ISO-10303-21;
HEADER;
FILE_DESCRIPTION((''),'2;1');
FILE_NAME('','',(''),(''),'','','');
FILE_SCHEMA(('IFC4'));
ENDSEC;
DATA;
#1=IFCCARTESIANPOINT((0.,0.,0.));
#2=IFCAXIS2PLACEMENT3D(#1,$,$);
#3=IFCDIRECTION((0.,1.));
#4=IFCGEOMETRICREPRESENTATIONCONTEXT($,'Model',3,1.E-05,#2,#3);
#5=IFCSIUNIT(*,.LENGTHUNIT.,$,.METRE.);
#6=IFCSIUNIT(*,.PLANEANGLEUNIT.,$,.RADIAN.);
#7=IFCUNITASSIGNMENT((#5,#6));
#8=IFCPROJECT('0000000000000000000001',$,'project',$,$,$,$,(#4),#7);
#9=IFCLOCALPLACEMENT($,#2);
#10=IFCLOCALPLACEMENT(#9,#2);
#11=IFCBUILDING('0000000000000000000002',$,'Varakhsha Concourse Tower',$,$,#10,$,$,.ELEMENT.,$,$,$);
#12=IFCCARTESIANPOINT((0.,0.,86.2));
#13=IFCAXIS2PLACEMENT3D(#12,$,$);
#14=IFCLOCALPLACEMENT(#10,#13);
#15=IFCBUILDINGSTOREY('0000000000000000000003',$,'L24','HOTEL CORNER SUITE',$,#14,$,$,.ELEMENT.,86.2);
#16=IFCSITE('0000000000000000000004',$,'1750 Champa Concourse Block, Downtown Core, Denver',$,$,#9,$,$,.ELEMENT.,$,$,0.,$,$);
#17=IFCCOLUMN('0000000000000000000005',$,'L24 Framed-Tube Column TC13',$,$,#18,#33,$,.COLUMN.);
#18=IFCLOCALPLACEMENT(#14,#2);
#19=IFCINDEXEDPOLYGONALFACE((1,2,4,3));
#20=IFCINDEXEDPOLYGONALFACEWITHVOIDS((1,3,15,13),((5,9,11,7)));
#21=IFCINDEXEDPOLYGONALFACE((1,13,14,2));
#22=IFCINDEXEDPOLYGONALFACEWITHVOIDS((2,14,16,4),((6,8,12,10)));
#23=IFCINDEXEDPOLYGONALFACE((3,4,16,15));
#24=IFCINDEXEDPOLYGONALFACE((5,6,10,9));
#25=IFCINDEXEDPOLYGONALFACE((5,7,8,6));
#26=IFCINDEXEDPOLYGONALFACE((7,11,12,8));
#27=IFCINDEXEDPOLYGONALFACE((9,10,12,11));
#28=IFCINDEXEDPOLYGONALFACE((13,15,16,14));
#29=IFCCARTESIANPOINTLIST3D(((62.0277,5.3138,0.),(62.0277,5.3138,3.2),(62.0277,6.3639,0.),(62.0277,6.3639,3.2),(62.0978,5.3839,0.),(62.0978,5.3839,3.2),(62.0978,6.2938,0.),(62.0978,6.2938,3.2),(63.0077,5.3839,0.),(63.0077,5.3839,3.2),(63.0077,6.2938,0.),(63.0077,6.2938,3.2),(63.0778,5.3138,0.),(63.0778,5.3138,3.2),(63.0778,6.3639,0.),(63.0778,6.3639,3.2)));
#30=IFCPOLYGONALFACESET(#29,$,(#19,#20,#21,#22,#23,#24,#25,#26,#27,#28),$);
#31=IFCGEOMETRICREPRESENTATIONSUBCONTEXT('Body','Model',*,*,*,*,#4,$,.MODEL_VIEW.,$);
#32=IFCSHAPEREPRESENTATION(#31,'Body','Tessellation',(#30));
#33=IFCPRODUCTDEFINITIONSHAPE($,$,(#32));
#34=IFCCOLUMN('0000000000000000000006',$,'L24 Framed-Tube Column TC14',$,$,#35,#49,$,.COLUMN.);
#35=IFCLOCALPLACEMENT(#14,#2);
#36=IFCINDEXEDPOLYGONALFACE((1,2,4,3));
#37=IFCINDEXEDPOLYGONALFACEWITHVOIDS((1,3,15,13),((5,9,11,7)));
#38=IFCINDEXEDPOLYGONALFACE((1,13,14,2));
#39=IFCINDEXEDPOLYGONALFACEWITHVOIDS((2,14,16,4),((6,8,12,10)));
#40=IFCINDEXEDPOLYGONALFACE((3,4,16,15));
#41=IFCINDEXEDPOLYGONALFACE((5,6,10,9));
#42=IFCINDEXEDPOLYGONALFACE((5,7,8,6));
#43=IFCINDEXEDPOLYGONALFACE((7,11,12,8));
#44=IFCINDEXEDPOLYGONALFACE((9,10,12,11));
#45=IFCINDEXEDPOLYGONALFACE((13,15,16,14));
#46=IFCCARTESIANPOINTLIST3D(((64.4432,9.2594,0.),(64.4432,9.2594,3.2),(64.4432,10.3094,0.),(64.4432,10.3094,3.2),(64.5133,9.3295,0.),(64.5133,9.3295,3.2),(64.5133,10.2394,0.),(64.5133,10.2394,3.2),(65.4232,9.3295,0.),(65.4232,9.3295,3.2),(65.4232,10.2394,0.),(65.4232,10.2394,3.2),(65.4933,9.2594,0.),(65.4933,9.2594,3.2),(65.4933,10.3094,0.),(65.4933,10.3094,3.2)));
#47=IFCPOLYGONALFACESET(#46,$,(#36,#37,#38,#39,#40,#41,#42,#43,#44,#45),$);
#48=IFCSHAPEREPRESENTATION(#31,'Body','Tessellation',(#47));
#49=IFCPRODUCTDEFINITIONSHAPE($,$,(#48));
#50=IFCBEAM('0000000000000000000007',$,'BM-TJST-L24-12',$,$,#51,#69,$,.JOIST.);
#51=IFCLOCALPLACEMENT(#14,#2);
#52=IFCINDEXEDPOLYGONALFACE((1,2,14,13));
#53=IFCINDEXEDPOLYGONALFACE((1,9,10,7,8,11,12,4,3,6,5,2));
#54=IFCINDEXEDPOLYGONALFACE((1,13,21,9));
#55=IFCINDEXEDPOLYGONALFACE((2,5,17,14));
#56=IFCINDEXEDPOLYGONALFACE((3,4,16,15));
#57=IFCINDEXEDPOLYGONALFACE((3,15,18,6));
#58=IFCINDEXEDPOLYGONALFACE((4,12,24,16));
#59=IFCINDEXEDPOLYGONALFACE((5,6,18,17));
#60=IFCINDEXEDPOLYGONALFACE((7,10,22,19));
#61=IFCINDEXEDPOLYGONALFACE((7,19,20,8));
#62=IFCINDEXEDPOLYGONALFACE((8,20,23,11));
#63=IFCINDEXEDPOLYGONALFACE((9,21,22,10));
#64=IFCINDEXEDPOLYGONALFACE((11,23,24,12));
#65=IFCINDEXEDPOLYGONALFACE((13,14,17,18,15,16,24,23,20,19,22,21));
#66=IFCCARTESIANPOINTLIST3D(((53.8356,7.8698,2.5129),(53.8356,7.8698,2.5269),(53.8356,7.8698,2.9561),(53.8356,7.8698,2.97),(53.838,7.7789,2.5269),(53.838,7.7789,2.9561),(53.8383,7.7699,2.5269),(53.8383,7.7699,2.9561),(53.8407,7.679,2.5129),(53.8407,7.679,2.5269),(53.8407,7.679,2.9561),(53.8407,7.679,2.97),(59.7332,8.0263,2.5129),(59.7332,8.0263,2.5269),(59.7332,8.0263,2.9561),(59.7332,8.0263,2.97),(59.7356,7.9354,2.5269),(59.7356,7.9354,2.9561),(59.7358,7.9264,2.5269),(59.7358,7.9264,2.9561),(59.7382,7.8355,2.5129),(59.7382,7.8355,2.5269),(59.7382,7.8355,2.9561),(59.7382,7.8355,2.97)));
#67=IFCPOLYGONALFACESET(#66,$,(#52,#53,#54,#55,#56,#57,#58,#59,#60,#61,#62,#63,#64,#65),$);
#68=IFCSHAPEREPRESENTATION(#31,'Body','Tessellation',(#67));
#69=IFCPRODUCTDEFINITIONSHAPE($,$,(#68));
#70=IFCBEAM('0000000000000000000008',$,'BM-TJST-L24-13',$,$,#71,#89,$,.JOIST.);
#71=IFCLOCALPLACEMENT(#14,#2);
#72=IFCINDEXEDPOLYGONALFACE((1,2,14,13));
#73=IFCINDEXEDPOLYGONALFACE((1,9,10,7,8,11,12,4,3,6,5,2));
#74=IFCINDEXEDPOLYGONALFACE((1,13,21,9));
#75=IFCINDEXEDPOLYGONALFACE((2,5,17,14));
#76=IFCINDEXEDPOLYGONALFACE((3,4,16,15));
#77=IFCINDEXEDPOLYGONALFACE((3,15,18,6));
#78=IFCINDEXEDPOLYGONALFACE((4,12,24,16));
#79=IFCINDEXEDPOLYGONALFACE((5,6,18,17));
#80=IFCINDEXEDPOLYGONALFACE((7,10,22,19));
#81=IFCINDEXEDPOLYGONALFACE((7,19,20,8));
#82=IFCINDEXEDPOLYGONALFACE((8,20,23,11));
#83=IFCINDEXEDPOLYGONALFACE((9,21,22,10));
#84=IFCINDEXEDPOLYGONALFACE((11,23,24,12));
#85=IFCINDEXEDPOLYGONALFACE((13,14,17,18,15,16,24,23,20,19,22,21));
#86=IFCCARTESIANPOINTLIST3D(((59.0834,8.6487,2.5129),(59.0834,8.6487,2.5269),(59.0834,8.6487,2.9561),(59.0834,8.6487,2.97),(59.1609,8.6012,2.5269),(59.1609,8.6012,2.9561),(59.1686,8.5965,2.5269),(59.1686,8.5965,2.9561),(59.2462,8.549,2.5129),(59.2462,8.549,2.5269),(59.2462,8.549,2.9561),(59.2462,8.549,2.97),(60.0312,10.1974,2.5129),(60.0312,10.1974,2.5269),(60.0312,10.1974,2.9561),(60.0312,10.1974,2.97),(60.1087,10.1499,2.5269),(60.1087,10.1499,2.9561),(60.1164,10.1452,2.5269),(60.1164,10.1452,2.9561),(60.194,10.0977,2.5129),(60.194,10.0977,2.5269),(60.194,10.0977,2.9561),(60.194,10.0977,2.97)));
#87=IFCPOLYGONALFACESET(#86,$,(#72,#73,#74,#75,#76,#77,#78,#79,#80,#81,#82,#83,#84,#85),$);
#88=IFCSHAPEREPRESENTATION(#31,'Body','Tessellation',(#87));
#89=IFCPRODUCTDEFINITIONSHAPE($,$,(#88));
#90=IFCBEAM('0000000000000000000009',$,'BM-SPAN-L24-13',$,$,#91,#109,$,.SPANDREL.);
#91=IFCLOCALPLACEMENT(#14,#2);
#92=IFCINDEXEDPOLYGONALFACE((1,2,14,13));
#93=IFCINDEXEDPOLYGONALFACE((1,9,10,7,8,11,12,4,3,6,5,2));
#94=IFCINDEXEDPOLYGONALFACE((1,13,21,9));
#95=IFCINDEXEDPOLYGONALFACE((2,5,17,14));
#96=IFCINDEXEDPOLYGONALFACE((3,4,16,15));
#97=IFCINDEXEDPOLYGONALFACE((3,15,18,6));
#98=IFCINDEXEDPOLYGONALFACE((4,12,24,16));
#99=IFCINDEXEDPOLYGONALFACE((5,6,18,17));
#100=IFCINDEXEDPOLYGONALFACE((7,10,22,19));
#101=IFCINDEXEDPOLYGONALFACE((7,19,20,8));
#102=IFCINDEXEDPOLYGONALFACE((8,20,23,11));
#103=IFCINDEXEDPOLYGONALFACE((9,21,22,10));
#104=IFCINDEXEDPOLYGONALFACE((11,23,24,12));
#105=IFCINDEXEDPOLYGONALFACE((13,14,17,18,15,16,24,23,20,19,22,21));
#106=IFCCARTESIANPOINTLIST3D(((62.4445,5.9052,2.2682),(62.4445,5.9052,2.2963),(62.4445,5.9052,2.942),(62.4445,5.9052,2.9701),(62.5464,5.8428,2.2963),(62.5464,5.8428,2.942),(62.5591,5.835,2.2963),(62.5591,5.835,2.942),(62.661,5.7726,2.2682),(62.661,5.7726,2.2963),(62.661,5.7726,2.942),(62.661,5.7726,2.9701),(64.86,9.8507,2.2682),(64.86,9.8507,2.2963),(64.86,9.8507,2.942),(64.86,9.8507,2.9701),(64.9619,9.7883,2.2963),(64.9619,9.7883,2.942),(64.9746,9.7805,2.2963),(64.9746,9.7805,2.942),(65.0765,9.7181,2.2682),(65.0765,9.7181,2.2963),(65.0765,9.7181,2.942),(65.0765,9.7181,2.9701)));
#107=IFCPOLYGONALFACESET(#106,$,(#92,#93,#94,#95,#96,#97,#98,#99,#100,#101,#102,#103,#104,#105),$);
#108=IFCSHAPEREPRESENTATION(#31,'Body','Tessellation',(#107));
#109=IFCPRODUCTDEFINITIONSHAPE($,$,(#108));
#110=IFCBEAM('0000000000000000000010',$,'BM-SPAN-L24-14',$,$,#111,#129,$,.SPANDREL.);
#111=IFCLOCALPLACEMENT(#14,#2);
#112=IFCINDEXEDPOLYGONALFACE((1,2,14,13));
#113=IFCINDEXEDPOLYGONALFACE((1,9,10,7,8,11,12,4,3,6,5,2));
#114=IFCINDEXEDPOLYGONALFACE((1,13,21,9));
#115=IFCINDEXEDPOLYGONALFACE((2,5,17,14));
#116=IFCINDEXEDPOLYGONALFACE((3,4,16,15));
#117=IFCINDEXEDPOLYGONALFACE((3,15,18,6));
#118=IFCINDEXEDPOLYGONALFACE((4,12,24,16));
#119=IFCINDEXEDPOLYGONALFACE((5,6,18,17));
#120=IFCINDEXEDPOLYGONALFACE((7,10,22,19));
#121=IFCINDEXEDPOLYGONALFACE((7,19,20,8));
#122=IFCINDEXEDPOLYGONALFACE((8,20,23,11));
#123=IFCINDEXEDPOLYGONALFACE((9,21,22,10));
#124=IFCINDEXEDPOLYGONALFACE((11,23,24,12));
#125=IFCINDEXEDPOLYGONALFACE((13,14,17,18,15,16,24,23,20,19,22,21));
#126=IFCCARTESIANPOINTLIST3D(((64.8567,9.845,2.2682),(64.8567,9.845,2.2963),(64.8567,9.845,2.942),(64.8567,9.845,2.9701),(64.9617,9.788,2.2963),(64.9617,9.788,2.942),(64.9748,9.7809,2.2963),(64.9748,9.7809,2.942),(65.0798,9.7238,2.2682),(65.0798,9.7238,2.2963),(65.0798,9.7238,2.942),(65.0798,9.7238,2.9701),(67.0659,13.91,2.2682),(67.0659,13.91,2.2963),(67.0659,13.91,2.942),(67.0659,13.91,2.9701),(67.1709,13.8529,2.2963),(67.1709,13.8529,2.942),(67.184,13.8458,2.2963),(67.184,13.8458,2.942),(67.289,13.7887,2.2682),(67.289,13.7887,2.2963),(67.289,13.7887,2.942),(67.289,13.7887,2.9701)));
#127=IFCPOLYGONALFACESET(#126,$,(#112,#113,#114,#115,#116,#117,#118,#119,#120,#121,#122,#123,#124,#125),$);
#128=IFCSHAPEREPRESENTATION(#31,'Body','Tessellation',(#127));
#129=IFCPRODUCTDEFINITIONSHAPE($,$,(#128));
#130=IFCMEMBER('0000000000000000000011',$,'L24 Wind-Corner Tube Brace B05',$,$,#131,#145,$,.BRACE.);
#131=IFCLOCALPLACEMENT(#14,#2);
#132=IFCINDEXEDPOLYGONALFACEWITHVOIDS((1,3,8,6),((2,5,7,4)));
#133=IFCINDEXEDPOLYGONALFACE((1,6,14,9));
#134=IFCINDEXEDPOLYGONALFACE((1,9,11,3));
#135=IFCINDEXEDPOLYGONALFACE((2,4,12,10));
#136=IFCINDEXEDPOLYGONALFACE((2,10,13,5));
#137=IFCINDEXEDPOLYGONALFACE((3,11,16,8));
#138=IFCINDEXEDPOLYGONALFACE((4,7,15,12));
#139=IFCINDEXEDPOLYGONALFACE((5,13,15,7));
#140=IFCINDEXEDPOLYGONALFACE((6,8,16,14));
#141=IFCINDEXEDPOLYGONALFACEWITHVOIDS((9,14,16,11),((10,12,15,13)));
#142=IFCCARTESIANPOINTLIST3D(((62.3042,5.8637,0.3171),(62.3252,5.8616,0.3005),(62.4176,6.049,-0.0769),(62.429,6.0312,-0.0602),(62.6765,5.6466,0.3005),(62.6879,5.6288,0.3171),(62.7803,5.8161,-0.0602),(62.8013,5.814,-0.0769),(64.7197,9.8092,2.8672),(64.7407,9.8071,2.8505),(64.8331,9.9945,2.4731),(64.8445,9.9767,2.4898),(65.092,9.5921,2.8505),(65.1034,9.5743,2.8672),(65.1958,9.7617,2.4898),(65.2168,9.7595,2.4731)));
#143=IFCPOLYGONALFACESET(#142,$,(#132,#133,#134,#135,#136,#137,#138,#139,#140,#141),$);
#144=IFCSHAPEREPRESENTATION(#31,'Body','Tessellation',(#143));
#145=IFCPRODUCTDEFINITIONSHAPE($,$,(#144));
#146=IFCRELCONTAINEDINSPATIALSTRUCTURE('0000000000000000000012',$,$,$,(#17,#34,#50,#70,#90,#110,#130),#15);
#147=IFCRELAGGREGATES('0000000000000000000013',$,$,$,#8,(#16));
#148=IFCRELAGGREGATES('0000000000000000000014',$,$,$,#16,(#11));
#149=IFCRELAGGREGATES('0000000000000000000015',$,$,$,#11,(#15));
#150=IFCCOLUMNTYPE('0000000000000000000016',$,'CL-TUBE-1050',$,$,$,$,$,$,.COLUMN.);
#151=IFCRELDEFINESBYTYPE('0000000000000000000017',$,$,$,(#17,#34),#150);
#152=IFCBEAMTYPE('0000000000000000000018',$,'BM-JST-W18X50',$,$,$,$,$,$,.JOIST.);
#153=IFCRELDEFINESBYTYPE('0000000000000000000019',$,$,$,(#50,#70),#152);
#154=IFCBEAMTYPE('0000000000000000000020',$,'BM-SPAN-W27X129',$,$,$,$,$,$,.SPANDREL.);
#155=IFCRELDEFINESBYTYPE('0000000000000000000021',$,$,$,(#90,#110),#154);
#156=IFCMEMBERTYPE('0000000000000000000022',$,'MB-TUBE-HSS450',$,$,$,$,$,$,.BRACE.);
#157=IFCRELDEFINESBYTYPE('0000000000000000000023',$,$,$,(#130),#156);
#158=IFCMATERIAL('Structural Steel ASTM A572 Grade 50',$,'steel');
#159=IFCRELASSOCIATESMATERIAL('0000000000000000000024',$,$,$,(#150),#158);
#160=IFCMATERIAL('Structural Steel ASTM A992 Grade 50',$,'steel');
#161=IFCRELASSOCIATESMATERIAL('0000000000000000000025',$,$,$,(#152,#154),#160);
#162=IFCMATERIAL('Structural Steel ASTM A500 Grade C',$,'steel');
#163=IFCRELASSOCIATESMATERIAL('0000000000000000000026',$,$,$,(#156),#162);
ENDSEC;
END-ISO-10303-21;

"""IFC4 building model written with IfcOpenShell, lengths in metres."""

from ifc_helpers import new_model, si_unit, direction, frame, origin, origin_2d, place, context, subcontext, project, spatial, hollow_rectangle, i_section, extrude, source, transform, mapped, material, material_profile, profile_set, type_object, type_shapes, element, save


model = new_model("IFC4")

# Units and contexts
model_context = context("Model", 3, precision=1e-05, world=origin(), true_north=direction((0.0, 1.0)))
body_context = subcontext(model_context, "Body", "Model", "MODEL_VIEW")
ifc_project = project(units=[si_unit("LENGTHUNIT", "METRE"), si_unit("PLANEANGLEUNIT", "RADIAN")], contexts=[model_context])

# Site, building, storey
site_placement = place(None, origin())
site = spatial("IfcSite", under=ifc_project, at=site_placement, Name="1750 Champa Concourse Block, Downtown Core, Denver", CompositionType="ELEMENT", RefElevation=0.0)
building_placement = place(site_placement, origin())
building = spatial("IfcBuilding", under=site, at=building_placement, Name="Varakhsha Concourse Tower", CompositionType="ELEMENT")
storey_placement = place(building_placement, frame((0.0, 0.0, 86.2)))
storey = spatial("IfcBuildingStorey", under=building, at=storey_placement, Name="L24", Description="HOTEL CORNER SUITE", CompositionType="ELEMENT", Elevation=86.2)

# Columns
ifc_material_1 = material(Name="Structural Steel ASTM A572 Grade 50", Category="steel")
ifc_material_profile_1 = material_profile(ifc_material_1, hollow_rectangle(XDim=1.05, YDim=1.05, WallThickness=0.0701, at=origin_2d()), Name="BOX 1050x1050x70")
ifc_profile_set_1 = profile_set([ifc_material_profile_1], Name="Structural Steel ASTM A572 Grade 50")
column_type = type_object("IfcColumnType", Name="CL-TUBE-1050", PredefinedType="COLUMN", material=ifc_profile_set_1)
for number, where, z_axis, x_axis, name in (
    (1, (62.5527, 5.8389, 0.0), (0.0, 0.0, 1.0), (1.0, 0.0, 0.0), "L24 Framed-Tube Column TC13"),
    (2, (64.9683, 9.7844, 0.0), (0.0, 0.0, 1.0), (1.0, 0.0, 0.0), "L24 Framed-Tube Column TC14"),
):
    element("IfcColumn", number, at=place(storey_placement, frame(where, z_axis=z_axis, x_axis=x_axis)), inside=storey, type_object=column_type, Name=name, PredefinedType="COLUMN", context=body_context, shape_type="SweptSolid", body=[
        extrude(hollow_rectangle(XDim=1.05, YDim=1.05, WallThickness=0.0701, at=origin_2d()), origin(), (0.0, 0.0, 1.0), 3.2),
    ])

# Beams
ifc_material_2 = material(Name="Structural Steel ASTM A992 Grade 50", Category="steel")
ifc_material_profile_2 = material_profile(ifc_material_2, i_section(OverallWidth=0.1909, OverallDepth=0.457, WebThickness=0.009, FlangeThickness=0.0139, at=origin_2d()), Name="W18X50")
ifc_profile_set_2 = profile_set([ifc_material_profile_2], Name="Structural Steel ASTM A992 Grade 50")
beam_type_1 = type_object("IfcBeamType", Name="BM-JST-W18X50", PredefinedType="JOIST", material=ifc_profile_set_2)
beam_1_placement = place(storey_placement, frame((53.8381, 7.7744, 2.7415), z_axis=(0.999648, 0.026527, 0.0), x_axis=(-0.026527, 0.999648, 0.0)))
element("IfcBeam", 3, at=beam_1_placement, inside=storey, type_object=beam_type_1, Name="BM-TJST-L24-12", PredefinedType="JOIST", context=body_context, shape_type="SweptSolid", body=[
    extrude(i_section(OverallWidth=0.1909, OverallDepth=0.457, WebThickness=0.009, FlangeThickness=0.0139, at=origin_2d()), origin(), (0.0, 0.0, 1.0), 5.8997),
])
beam_2_placement = place(storey_placement, frame((59.1648, 8.5989, 2.7415), z_axis=(0.52201, 0.852939, 0.0), x_axis=(-0.852939, 0.52201, 0.0)))
element("IfcBeam", 4, at=beam_2_placement, inside=storey, type_object=beam_type_1, Name="BM-TJST-L24-13", PredefinedType="JOIST", context=body_context, shape_type="SweptSolid", body=[
    extrude(i_section(OverallWidth=0.1909, OverallDepth=0.457, WebThickness=0.009, FlangeThickness=0.0139, at=origin_2d()), origin(), (0.0, 0.0, 1.0), 1.8157),
])
ifc_material_profile_3 = material_profile(ifc_material_2, i_section(OverallWidth=0.2539, OverallDepth=0.7019, WebThickness=0.0149, FlangeThickness=0.0281, at=origin_2d()), Name="W27X129")
ifc_profile_set_3 = profile_set([ifc_material_profile_3], Name="Structural Steel ASTM A992 Grade 50")
beam_type_2 = type_object("IfcBeamType", Name="BM-SPAN-W27X129", PredefinedType="SPANDREL", material=ifc_profile_set_3)
beam_3_placement = place(storey_placement, frame((62.5527, 5.8389, 2.6191), z_axis=(0.522135, 0.852863, 0.0), x_axis=(-0.852863, 0.522135, 0.0)))
element("IfcBeam", 5, at=beam_3_placement, inside=storey, type_object=beam_type_2, Name="BM-SPAN-L24-13", PredefinedType="SPANDREL", context=body_context, shape_type="SweptSolid", body=[
    extrude(i_section(OverallWidth=0.2539, OverallDepth=0.7019, WebThickness=0.0149, FlangeThickness=0.0281, at=origin_2d()), origin(), (0.0, 0.0, 1.0), 4.6262),
])
beam_4_placement = place(storey_placement, frame((64.9683, 9.7844, 2.6191), z_axis=(0.477517, 0.878623, 0.0), x_axis=(-0.878623, 0.477517, 0.0)))
element("IfcBeam", 6, at=beam_4_placement, inside=storey, type_object=beam_type_2, Name="BM-SPAN-L24-14", PredefinedType="SPANDREL", context=body_context, shape_type="SweptSolid", body=[
    extrude(i_section(OverallWidth=0.2539, OverallDepth=0.7019, WebThickness=0.0149, FlangeThickness=0.0281, at=origin_2d()), origin(), (0.0, 0.0, 1.0), 4.6265),
])

# Member
ifc_material_3 = material(Name="Structural Steel ASTM A500 Grade C", Category="steel")
ifc_material_profile_4 = material_profile(ifc_material_3, hollow_rectangle(XDim=0.45, YDim=0.45, WallThickness=0.019, at=origin_2d()), Name="HSS 450x450x19")
ifc_profile_set_4 = profile_set([ifc_material_profile_4], Name="Structural Steel ASTM A500 Grade C")
member_type_1 = type_object("IfcMemberType", Name="MB-TUBE-HSS450", PredefinedType="BRACE", material=ifc_profile_set_4)
shared_shape_1 = source(origin(), body_context, "Body", "SweptSolid", [
    extrude(hollow_rectangle(XDim=0.45, YDim=0.45, WallThickness=0.019, at=origin_2d()), origin(), (0.0, 0.0, 1.0), 5.2825),
])
type_shapes(member_type_1, [shared_shape_1])
member_1_placement = place(storey_placement, frame((62.5527, 5.8389, 0.1201), z_axis=(0.457269, 0.746909, 0.482734), x_axis=(-0.852863, 0.522135, 0.0)))
element("IfcMember", 7, at=member_1_placement, inside=storey, type_object=member_type_1, Name="L24 Wind-Corner Tube Brace B05", PredefinedType="BRACE", context=body_context, shape_type="MappedRepresentation", body=[
    mapped(shared_shape_1, transform((0.0, 0.0, 0.0), scale=1.0)),
])

save(model, "model.ifc")
